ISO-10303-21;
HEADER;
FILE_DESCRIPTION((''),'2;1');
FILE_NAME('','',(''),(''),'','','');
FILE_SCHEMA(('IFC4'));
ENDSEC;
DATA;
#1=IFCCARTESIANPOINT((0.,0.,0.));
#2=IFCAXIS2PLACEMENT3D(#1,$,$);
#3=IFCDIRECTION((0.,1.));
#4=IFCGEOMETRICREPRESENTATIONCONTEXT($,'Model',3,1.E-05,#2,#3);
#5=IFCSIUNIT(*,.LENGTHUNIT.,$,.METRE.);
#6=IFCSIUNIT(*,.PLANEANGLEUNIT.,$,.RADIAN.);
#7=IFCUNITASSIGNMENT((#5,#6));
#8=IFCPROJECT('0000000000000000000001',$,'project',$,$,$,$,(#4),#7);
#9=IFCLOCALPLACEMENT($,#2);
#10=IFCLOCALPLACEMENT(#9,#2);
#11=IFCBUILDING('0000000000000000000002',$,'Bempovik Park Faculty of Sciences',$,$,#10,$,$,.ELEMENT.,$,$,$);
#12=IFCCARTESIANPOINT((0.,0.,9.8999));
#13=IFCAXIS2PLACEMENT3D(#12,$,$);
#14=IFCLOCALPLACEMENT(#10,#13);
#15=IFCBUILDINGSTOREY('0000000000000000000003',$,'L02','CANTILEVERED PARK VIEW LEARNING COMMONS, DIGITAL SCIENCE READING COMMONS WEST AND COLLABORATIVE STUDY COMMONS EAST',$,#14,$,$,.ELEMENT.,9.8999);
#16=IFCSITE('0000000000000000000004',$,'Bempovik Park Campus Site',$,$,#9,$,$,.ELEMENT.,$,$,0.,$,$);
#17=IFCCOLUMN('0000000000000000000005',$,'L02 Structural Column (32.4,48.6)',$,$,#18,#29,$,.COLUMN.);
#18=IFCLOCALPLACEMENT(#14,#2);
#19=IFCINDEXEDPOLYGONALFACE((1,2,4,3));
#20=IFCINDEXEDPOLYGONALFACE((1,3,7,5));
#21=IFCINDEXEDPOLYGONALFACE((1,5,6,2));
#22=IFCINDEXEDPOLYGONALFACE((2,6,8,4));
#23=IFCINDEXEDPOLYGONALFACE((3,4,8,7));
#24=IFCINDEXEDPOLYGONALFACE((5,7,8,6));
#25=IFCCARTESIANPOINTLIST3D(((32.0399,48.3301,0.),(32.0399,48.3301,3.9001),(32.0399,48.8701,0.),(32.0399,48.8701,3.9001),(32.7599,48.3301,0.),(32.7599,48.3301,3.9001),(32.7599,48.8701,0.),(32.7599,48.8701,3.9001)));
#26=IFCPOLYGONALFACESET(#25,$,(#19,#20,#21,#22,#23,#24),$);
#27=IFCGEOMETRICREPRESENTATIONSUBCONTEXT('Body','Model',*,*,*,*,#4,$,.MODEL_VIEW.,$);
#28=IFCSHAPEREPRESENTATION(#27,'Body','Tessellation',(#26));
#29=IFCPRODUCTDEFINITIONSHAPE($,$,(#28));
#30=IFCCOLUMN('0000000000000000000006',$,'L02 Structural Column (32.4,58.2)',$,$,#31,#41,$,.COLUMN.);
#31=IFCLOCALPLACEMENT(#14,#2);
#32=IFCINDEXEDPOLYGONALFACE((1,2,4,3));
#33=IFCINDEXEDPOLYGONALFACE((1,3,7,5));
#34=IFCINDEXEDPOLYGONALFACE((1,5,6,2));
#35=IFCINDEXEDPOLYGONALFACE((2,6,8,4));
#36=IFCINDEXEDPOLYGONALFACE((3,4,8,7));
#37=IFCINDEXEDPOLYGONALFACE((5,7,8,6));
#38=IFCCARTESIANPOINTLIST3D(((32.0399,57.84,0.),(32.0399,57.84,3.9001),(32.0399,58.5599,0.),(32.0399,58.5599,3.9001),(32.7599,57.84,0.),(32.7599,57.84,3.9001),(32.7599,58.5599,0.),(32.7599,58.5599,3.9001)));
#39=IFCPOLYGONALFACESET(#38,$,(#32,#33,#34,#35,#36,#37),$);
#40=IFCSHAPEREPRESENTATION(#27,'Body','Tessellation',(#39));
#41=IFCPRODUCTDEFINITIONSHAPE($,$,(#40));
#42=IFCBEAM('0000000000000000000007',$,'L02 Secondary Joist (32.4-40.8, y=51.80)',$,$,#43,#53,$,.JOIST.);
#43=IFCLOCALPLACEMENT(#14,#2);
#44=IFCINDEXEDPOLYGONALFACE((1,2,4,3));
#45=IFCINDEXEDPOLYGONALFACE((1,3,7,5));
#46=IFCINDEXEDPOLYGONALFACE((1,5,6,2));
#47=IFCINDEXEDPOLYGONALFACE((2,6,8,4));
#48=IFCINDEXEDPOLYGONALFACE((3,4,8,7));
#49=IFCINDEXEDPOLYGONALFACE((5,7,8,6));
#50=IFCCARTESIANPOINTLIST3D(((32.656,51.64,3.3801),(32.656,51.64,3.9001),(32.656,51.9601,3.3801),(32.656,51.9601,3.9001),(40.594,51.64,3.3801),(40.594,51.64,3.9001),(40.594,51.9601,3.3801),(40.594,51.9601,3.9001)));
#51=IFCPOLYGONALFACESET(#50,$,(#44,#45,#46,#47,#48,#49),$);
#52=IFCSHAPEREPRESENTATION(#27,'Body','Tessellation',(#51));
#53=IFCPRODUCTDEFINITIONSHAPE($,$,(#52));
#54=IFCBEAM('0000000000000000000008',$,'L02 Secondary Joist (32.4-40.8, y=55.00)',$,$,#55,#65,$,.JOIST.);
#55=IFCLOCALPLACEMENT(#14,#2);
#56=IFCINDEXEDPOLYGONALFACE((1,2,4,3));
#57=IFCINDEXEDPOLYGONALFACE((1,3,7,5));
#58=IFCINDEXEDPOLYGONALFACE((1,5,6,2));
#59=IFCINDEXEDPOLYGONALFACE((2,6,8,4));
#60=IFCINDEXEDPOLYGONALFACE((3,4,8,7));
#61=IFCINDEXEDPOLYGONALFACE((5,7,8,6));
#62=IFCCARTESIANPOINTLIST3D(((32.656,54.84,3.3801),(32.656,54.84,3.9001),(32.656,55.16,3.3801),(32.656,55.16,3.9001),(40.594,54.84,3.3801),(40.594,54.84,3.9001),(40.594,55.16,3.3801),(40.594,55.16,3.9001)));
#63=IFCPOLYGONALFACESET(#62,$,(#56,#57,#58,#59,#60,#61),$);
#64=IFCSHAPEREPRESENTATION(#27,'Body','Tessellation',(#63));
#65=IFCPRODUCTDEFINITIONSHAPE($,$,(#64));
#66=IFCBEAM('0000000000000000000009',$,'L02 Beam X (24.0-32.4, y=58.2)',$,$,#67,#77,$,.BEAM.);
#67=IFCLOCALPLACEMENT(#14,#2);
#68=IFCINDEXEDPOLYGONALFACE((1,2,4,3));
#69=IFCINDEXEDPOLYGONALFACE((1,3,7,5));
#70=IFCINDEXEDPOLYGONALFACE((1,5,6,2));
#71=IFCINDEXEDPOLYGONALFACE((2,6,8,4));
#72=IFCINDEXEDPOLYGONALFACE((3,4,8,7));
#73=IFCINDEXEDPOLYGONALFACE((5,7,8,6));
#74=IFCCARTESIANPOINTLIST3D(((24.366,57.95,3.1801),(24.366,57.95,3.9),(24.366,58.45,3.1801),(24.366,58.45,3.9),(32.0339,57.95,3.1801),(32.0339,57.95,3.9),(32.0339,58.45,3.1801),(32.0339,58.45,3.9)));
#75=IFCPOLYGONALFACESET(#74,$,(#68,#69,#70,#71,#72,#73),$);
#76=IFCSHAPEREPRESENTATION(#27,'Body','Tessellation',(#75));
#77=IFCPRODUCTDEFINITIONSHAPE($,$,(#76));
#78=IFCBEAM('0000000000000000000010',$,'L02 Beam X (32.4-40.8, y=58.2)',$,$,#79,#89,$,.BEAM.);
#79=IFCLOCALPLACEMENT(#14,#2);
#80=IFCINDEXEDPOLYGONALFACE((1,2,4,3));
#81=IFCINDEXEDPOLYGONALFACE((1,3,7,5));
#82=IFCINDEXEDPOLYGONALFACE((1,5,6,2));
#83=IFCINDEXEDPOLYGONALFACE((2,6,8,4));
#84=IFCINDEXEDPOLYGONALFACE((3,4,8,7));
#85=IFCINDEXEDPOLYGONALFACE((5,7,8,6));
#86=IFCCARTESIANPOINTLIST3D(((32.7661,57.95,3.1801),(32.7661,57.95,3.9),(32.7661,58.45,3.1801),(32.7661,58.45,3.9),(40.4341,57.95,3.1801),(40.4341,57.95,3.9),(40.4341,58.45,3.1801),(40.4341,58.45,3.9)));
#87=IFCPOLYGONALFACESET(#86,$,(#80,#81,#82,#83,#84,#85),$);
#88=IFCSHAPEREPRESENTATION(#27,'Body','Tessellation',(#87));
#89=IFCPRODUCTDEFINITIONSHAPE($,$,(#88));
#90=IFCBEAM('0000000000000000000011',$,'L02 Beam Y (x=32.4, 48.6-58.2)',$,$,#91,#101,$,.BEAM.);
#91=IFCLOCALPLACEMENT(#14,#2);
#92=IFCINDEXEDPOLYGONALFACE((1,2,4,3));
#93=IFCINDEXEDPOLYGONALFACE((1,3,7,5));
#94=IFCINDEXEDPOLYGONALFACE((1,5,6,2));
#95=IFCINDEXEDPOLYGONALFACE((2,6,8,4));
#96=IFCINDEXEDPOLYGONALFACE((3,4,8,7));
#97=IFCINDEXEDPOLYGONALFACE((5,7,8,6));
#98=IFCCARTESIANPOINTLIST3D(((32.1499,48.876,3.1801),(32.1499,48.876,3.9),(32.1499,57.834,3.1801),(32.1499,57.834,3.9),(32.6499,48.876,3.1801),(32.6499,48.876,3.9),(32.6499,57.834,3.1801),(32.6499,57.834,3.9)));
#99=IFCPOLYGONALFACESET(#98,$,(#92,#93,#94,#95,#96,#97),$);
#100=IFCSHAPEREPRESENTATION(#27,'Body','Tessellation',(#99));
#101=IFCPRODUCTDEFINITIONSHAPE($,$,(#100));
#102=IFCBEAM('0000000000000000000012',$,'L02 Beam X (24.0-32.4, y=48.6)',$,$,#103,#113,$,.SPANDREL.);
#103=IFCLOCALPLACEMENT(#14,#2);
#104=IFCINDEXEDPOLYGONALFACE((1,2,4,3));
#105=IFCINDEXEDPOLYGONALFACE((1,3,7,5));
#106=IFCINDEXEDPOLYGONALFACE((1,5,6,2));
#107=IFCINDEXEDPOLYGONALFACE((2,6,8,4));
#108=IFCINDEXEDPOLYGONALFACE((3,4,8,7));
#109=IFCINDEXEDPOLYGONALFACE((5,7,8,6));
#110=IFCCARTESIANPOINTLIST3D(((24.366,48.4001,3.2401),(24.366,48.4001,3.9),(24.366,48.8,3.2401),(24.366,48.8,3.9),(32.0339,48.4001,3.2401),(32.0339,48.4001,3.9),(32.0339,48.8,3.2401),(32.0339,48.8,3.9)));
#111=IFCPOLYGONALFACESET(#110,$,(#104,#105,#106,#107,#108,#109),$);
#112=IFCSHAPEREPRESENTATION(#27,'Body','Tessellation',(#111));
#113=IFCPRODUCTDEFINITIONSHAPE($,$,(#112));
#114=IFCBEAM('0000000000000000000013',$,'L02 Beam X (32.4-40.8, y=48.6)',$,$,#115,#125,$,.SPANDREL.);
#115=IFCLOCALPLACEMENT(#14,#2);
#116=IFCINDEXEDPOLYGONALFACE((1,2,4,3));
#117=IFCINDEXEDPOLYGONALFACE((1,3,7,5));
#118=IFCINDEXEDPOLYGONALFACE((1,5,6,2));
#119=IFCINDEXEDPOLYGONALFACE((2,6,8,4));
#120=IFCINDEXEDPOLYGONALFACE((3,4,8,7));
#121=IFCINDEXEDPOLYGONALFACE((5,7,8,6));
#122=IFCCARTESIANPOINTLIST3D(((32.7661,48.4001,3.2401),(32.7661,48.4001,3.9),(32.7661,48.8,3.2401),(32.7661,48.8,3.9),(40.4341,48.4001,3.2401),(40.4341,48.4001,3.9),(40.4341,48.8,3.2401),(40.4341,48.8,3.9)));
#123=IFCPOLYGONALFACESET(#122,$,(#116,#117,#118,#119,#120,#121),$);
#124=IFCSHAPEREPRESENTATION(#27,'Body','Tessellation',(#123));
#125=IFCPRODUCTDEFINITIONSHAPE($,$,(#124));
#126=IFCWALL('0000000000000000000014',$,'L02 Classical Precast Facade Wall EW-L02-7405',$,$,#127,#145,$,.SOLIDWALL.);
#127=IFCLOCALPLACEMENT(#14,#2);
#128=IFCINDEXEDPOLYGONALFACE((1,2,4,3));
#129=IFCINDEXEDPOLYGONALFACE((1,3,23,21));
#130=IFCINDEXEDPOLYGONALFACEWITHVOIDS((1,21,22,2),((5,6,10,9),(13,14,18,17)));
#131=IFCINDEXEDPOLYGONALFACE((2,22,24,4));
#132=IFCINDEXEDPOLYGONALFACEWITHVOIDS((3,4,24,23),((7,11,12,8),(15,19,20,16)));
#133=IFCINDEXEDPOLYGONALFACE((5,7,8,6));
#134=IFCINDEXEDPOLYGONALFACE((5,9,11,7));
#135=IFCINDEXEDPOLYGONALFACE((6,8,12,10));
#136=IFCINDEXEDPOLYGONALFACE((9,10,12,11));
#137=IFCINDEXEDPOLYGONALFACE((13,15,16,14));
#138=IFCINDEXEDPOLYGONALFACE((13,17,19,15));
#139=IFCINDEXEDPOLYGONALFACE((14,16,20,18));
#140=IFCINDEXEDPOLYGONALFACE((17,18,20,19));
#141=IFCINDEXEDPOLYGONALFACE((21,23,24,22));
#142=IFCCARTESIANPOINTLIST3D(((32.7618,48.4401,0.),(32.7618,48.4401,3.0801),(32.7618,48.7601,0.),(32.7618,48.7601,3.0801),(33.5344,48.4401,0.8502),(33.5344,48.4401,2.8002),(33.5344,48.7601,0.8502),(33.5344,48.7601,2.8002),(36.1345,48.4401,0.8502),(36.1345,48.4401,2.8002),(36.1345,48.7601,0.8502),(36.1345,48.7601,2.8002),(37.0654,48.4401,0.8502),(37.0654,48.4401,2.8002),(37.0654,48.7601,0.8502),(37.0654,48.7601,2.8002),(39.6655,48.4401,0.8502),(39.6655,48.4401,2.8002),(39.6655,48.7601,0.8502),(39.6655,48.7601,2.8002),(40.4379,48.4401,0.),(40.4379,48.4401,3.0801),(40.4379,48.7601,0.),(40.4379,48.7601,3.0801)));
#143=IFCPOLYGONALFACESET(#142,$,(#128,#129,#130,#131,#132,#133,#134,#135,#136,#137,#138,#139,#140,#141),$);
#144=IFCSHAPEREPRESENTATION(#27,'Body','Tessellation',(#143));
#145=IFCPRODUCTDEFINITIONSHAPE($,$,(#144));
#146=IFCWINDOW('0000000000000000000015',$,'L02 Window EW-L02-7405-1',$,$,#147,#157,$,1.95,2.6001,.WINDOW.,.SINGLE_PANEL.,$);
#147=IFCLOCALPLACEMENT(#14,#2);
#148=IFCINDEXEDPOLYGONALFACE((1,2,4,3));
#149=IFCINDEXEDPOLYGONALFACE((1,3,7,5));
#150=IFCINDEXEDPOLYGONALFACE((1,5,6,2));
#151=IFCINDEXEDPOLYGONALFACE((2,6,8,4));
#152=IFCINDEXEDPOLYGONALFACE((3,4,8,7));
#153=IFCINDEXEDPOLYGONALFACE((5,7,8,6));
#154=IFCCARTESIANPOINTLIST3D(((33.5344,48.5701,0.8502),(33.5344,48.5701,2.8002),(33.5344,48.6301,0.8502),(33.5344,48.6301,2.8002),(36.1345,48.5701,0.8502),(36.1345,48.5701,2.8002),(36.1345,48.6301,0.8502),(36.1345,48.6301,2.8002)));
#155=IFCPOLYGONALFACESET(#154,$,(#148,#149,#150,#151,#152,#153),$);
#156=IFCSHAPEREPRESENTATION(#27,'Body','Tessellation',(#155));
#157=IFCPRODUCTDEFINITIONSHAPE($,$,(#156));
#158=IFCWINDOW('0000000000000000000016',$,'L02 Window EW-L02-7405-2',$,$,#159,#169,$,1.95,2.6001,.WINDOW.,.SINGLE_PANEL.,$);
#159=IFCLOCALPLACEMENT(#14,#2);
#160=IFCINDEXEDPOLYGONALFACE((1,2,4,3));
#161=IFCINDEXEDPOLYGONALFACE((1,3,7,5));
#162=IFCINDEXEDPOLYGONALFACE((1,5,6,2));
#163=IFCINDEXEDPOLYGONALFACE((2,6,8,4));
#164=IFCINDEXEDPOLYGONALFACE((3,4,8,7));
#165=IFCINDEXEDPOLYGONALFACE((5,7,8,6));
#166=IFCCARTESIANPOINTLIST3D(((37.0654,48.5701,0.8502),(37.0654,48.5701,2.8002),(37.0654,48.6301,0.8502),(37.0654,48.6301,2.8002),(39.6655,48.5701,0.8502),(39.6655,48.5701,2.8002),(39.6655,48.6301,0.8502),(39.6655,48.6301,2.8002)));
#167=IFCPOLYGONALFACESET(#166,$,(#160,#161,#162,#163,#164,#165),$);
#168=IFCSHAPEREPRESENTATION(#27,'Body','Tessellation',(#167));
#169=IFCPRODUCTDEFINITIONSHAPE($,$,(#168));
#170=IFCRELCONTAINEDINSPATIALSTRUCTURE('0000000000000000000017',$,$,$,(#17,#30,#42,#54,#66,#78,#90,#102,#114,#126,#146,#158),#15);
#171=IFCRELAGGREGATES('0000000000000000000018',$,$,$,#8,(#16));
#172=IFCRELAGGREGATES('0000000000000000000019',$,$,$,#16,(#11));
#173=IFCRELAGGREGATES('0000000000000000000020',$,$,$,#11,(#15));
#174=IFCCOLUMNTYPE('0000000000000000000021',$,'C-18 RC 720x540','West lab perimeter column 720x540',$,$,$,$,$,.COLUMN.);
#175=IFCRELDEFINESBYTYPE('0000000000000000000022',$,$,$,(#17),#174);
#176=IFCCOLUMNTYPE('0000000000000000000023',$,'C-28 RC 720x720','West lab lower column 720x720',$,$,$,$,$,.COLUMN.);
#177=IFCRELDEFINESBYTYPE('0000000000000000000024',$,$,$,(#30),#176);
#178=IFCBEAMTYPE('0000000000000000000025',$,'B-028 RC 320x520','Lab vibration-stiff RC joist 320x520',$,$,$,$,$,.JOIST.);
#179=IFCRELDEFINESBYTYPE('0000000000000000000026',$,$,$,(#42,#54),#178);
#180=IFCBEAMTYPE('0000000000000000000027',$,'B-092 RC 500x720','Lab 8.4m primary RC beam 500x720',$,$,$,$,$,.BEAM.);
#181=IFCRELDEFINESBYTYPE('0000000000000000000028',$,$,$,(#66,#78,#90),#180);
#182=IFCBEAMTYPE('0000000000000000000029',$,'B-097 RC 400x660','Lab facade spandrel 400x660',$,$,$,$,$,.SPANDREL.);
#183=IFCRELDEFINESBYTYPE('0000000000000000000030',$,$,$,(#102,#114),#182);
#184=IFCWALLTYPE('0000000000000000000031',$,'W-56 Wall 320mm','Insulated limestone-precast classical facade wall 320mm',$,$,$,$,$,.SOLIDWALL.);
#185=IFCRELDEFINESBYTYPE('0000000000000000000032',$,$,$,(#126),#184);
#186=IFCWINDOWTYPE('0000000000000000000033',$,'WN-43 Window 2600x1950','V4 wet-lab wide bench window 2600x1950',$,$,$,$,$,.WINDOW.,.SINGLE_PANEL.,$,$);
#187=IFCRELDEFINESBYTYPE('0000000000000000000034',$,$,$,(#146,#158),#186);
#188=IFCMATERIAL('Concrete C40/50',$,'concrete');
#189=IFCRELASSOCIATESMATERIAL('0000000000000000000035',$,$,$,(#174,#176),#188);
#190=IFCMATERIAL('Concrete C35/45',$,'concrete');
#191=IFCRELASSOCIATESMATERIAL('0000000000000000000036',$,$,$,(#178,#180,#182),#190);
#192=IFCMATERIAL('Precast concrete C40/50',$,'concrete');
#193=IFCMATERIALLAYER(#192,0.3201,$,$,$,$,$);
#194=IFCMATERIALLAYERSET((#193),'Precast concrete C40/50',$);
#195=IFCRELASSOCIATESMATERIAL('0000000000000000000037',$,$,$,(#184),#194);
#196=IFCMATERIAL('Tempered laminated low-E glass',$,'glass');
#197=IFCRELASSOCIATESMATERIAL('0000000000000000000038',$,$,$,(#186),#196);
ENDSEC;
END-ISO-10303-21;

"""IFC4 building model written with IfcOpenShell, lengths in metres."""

from ifc_helpers import new_model, si_unit, direction, frame, frame_2d, origin, origin_2d, place, context, subcontext, project, spatial, rectangle, extrude, material, layer, layer_set, material_profile, profile_set, type_object, element, fill, save


model = new_model("IFC4")

# Units and contexts
model_context = context("Model", 3, precision=1e-05, world=origin(), true_north=direction((0.0, 1.0)))
body_context = subcontext(model_context, "Body", "Model", "MODEL_VIEW")
ifc_project = project(units=[si_unit("LENGTHUNIT", "METRE"), si_unit("PLANEANGLEUNIT", "RADIAN")], contexts=[model_context])

# Site, building, storey
site_placement = place(None, origin())
site = spatial("IfcSite", under=ifc_project, at=site_placement, Name="Bempovik Park Campus Site", CompositionType="ELEMENT", RefElevation=0.0)
building_placement = place(site_placement, origin())
building = spatial("IfcBuilding", under=site, at=building_placement, Name="Bempovik Park Faculty of Sciences", CompositionType="ELEMENT")
storey_placement = place(building_placement, frame((0.0, 0.0, 9.8999)))
storey = spatial("IfcBuildingStorey", under=building, at=storey_placement, Name="L02", Description="CANTILEVERED PARK VIEW LEARNING COMMONS, DIGITAL SCIENCE READING COMMONS WEST AND COLLABORATIVE STUDY COMMONS EAST", CompositionType="ELEMENT", Elevation=9.8999)

# Columns
ifc_material_1 = material(Name="Concrete C40/50", Category="concrete")
ifc_material_profile_1 = material_profile(ifc_material_1, rectangle(XDim=0.72, YDim=0.54, at=origin_2d()), Name="RC 720x540")
ifc_profile_set_1 = profile_set([ifc_material_profile_1], Name="Concrete C40/50")
column_type_1 = type_object("IfcColumnType", Name="C-18 RC 720x540", Description="West lab perimeter column 720x540", PredefinedType="COLUMN", material=ifc_profile_set_1)
column_1_placement = place(storey_placement, frame((32.3999, 48.6001, 0.0), z_axis=(0.0, 0.0, 1.0), x_axis=(1.0, 0.0, 0.0)))
element("IfcColumn", 1, at=column_1_placement, inside=storey, type_object=column_type_1, Name="L02 Structural Column (32.4,48.6)", PredefinedType="COLUMN", context=body_context, shape_type="SweptSolid", body=[
    extrude(rectangle(XDim=0.72, YDim=0.54, at=origin_2d()), origin(), (0.0, 0.0, 1.0), 3.9001),
])
ifc_material_profile_2 = material_profile(ifc_material_1, rectangle(XDim=0.72, YDim=0.72, at=origin_2d()), Name="RC 720x720")
ifc_profile_set_2 = profile_set([ifc_material_profile_2], Name="Concrete C40/50")
column_type_2 = type_object("IfcColumnType", Name="C-28 RC 720x720", Description="West lab lower column 720x720", PredefinedType="COLUMN", material=ifc_profile_set_2)
column_2_placement = place(storey_placement, frame((32.3999, 58.2, 0.0), z_axis=(0.0, 0.0, 1.0), x_axis=(1.0, 0.0, 0.0)))
element("IfcColumn", 2, at=column_2_placement, inside=storey, type_object=column_type_2, Name="L02 Structural Column (32.4,58.2)", PredefinedType="COLUMN", context=body_context, shape_type="SweptSolid", body=[
    extrude(rectangle(XDim=0.72, YDim=0.72, at=origin_2d()), origin(), (0.0, 0.0, 1.0), 3.9001),
])

# Beams
ifc_material_2 = material(Name="Concrete C35/45", Category="concrete")
ifc_material_profile_3 = material_profile(ifc_material_2, rectangle(XDim=0.3201, YDim=0.52, at=origin_2d()), Name="RC 320x520")
ifc_profile_set_3 = profile_set([ifc_material_profile_3], Name="Concrete C35/45")
beam_type_1 = type_object("IfcBeamType", Name="B-028 RC 320x520", Description="Lab vibration-stiff RC joist 320x520", PredefinedType="JOIST", material=ifc_profile_set_3)
for number, where, z_axis, x_axis, name in (
    (3, (32.656, 51.8, 3.6401), (1.0, 0.0, 0.0), (0.0, 1.0, 0.0), "L02 Secondary Joist (32.4-40.8, y=51.80)"),
    (4, (32.656, 55.0, 3.6401), (1.0, 0.0, 0.0), (0.0, 1.0, 0.0), "L02 Secondary Joist (32.4-40.8, y=55.00)"),
):
    element("IfcBeam", number, at=place(storey_placement, frame(where, z_axis=z_axis, x_axis=x_axis)), inside=storey, type_object=beam_type_1, Name=name, PredefinedType="JOIST", context=body_context, shape_type="SweptSolid", body=[
        extrude(rectangle(XDim=0.3201, YDim=0.52, at=origin_2d()), origin(), (0.0, 0.0, 1.0), 7.938),
    ])
ifc_material_profile_4 = material_profile(ifc_material_2, rectangle(XDim=0.5, YDim=0.72, at=origin_2d()), Name="RC 500x720")
ifc_profile_set_4 = profile_set([ifc_material_profile_4], Name="Concrete C35/45")
beam_type_2 = type_object("IfcBeamType", Name="B-092 RC 500x720", Description="Lab 8.4m primary RC beam 500x720", PredefinedType="BEAM", material=ifc_profile_set_4)
for number, where, z_axis, x_axis, name in (
    (5, (24.366, 58.2, 3.54), (1.0, 0.0, 0.0), (0.0, 1.0, 0.0), "L02 Beam X (24.0-32.4, y=58.2)"),
    (6, (32.7661, 58.2, 3.54), (1.0, 0.0, 0.0), (0.0, 1.0, 0.0), "L02 Beam X (32.4-40.8, y=58.2)"),
):
    element("IfcBeam", number, at=place(storey_placement, frame(where, z_axis=z_axis, x_axis=x_axis)), inside=storey, type_object=beam_type_2, Name=name, PredefinedType="BEAM", context=body_context, shape_type="SweptSolid", body=[
        extrude(rectangle(XDim=0.5, YDim=0.72, at=origin_2d()), origin(), (0.0, 0.0, 1.0), 7.668),
    ])
beam_placement = place(storey_placement, frame((32.3999, 48.876, 3.54), z_axis=(0.0, 1.0, 0.0), x_axis=(-1.0, 0.0, 0.0)))
element("IfcBeam", 7, at=beam_placement, inside=storey, type_object=beam_type_2, Name="L02 Beam Y (x=32.4, 48.6-58.2)", PredefinedType="BEAM", context=body_context, shape_type="SweptSolid", body=[
    extrude(rectangle(XDim=0.5, YDim=0.72, at=origin_2d()), origin(), (0.0, 0.0, 1.0), 8.958),
])
ifc_material_profile_5 = material_profile(ifc_material_2, rectangle(XDim=0.3999, YDim=0.6599, at=origin_2d()), Name="RC 400x660")
ifc_profile_set_5 = profile_set([ifc_material_profile_5], Name="Concrete C35/45")
beam_type_3 = type_object("IfcBeamType", Name="B-097 RC 400x660", Description="Lab facade spandrel 400x660", PredefinedType="SPANDREL", material=ifc_profile_set_5)
for number, where, z_axis, x_axis, name in (
    (8, (24.366, 48.6001, 3.5701), (1.0, 0.0, 0.0), (0.0, 1.0, 0.0), "L02 Beam X (24.0-32.4, y=48.6)"),
    (9, (32.7661, 48.6001, 3.5701), (1.0, 0.0, 0.0), (0.0, 1.0, 0.0), "L02 Beam X (32.4-40.8, y=48.6)"),
):
    element("IfcBeam", number, at=place(storey_placement, frame(where, z_axis=z_axis, x_axis=x_axis)), inside=storey, type_object=beam_type_3, Name=name, PredefinedType="SPANDREL", context=body_context, shape_type="SweptSolid", body=[
        extrude(rectangle(XDim=0.3999, YDim=0.6599, at=origin_2d()), origin(), (0.0, 0.0, 1.0), 7.668),
    ])

# Wall, openings, windows
ifc_material_3 = material(Name="Precast concrete C40/50", Category="concrete")
ifc_layer_1 = layer(ifc_material_3, 0.3201)
ifc_layer_set_1 = layer_set([ifc_layer_1], Name="Precast concrete C40/50")
wall_type_1 = type_object("IfcWallType", Name="W-56 Wall 320mm", Description="Insulated limestone-precast classical facade wall 320mm", PredefinedType="SOLIDWALL", material=ifc_layer_set_1)
wall_1_placement = place(storey_placement, frame((32.762, 48.6001, 0.0), z_axis=(0.0, 0.0, 1.0), x_axis=(1.0, 0.0, 0.0)))
wall_1 = element("IfcWall", 10, at=wall_1_placement, inside=storey, type_object=wall_type_1, Name="L02 Classical Precast Facade Wall EW-L02-7405", PredefinedType="SOLIDWALL", context=body_context, shape_type="SweptSolid", body=[
    extrude(rectangle(XDim=7.676, YDim=0.3201, at=frame_2d((3.8379, 0.0))), origin(), (0.0, 0.0, 1.0), 3.0801),
])
opening_1_placement = place(wall_1_placement, frame((0.7725, 0.0, 0.8501)))
opening_1 = element("IfcOpeningElement", 11, at=opening_1_placement, cuts=wall_1, PredefinedType="OPENING", context=body_context, shape_type="SweptSolid", body=[
    extrude(rectangle(XDim=2.6001, YDim=1.95, at=frame_2d((1.3, 0.9751))), frame((0.0, 0.1699, 0.0), z_axis=(0.0, -1.0, 0.0), x_axis=(1.0, 0.0, 0.0)), (0.0, 0.0, 1.0), 0.3401),
])
opening_2_placement = place(wall_1_placement, frame((4.3035, 0.0, 0.8501)))
opening_2 = element("IfcOpeningElement", 12, at=opening_2_placement, cuts=wall_1, PredefinedType="OPENING", context=body_context, shape_type="SweptSolid", body=[
    extrude(rectangle(XDim=2.6001, YDim=1.95, at=frame_2d((1.3, 0.9751))), frame((0.0, 0.1699, 0.0), z_axis=(0.0, -1.0, 0.0), x_axis=(1.0, 0.0, 0.0)), (0.0, 0.0, 1.0), 0.3401),
])
ifc_material_4 = material(Name="Tempered laminated low-E glass", Category="glass")
window_type = type_object("IfcWindowType", Name="WN-43 Window 2600x1950", Description="V4 wet-lab wide bench window 2600x1950", PartitioningType="SINGLE_PANEL", PredefinedType="WINDOW", material=ifc_material_4)
window_1_placement = place(opening_1_placement, origin())
window_1 = element("IfcWindow", 13, at=window_1_placement, inside=storey, type_object=window_type, Name="L02 Window EW-L02-7405-1", OverallHeight=1.95, OverallWidth=2.6001, PartitioningType="SINGLE_PANEL", PredefinedType="WINDOW", context=body_context, shape_type="SweptSolid", body=[
    extrude(rectangle(XDim=2.6001, YDim=1.95, at=frame_2d((1.3, 0.9751))), frame((0.0, 0.03, 0.0), z_axis=(0.0, -1.0, 0.0), x_axis=(1.0, 0.0, 0.0)), (0.0, 0.0, 1.0), 0.0601),
])
fill(opening_1, window_1)
window_2_placement = place(opening_2_placement, origin())
window_2 = element("IfcWindow", 14, at=window_2_placement, inside=storey, type_object=window_type, Name="L02 Window EW-L02-7405-2", OverallHeight=1.95, OverallWidth=2.6001, PartitioningType="SINGLE_PANEL", PredefinedType="WINDOW", context=body_context, shape_type="SweptSolid", body=[
    extrude(rectangle(XDim=2.6001, YDim=1.95, at=frame_2d((1.3, 0.9751))), frame((0.0, 0.03, 0.0), z_axis=(0.0, -1.0, 0.0), x_axis=(1.0, 0.0, 0.0)), (0.0, 0.0, 1.0), 0.0601),
])
fill(opening_2, window_2)

save(model, "model.ifc")
